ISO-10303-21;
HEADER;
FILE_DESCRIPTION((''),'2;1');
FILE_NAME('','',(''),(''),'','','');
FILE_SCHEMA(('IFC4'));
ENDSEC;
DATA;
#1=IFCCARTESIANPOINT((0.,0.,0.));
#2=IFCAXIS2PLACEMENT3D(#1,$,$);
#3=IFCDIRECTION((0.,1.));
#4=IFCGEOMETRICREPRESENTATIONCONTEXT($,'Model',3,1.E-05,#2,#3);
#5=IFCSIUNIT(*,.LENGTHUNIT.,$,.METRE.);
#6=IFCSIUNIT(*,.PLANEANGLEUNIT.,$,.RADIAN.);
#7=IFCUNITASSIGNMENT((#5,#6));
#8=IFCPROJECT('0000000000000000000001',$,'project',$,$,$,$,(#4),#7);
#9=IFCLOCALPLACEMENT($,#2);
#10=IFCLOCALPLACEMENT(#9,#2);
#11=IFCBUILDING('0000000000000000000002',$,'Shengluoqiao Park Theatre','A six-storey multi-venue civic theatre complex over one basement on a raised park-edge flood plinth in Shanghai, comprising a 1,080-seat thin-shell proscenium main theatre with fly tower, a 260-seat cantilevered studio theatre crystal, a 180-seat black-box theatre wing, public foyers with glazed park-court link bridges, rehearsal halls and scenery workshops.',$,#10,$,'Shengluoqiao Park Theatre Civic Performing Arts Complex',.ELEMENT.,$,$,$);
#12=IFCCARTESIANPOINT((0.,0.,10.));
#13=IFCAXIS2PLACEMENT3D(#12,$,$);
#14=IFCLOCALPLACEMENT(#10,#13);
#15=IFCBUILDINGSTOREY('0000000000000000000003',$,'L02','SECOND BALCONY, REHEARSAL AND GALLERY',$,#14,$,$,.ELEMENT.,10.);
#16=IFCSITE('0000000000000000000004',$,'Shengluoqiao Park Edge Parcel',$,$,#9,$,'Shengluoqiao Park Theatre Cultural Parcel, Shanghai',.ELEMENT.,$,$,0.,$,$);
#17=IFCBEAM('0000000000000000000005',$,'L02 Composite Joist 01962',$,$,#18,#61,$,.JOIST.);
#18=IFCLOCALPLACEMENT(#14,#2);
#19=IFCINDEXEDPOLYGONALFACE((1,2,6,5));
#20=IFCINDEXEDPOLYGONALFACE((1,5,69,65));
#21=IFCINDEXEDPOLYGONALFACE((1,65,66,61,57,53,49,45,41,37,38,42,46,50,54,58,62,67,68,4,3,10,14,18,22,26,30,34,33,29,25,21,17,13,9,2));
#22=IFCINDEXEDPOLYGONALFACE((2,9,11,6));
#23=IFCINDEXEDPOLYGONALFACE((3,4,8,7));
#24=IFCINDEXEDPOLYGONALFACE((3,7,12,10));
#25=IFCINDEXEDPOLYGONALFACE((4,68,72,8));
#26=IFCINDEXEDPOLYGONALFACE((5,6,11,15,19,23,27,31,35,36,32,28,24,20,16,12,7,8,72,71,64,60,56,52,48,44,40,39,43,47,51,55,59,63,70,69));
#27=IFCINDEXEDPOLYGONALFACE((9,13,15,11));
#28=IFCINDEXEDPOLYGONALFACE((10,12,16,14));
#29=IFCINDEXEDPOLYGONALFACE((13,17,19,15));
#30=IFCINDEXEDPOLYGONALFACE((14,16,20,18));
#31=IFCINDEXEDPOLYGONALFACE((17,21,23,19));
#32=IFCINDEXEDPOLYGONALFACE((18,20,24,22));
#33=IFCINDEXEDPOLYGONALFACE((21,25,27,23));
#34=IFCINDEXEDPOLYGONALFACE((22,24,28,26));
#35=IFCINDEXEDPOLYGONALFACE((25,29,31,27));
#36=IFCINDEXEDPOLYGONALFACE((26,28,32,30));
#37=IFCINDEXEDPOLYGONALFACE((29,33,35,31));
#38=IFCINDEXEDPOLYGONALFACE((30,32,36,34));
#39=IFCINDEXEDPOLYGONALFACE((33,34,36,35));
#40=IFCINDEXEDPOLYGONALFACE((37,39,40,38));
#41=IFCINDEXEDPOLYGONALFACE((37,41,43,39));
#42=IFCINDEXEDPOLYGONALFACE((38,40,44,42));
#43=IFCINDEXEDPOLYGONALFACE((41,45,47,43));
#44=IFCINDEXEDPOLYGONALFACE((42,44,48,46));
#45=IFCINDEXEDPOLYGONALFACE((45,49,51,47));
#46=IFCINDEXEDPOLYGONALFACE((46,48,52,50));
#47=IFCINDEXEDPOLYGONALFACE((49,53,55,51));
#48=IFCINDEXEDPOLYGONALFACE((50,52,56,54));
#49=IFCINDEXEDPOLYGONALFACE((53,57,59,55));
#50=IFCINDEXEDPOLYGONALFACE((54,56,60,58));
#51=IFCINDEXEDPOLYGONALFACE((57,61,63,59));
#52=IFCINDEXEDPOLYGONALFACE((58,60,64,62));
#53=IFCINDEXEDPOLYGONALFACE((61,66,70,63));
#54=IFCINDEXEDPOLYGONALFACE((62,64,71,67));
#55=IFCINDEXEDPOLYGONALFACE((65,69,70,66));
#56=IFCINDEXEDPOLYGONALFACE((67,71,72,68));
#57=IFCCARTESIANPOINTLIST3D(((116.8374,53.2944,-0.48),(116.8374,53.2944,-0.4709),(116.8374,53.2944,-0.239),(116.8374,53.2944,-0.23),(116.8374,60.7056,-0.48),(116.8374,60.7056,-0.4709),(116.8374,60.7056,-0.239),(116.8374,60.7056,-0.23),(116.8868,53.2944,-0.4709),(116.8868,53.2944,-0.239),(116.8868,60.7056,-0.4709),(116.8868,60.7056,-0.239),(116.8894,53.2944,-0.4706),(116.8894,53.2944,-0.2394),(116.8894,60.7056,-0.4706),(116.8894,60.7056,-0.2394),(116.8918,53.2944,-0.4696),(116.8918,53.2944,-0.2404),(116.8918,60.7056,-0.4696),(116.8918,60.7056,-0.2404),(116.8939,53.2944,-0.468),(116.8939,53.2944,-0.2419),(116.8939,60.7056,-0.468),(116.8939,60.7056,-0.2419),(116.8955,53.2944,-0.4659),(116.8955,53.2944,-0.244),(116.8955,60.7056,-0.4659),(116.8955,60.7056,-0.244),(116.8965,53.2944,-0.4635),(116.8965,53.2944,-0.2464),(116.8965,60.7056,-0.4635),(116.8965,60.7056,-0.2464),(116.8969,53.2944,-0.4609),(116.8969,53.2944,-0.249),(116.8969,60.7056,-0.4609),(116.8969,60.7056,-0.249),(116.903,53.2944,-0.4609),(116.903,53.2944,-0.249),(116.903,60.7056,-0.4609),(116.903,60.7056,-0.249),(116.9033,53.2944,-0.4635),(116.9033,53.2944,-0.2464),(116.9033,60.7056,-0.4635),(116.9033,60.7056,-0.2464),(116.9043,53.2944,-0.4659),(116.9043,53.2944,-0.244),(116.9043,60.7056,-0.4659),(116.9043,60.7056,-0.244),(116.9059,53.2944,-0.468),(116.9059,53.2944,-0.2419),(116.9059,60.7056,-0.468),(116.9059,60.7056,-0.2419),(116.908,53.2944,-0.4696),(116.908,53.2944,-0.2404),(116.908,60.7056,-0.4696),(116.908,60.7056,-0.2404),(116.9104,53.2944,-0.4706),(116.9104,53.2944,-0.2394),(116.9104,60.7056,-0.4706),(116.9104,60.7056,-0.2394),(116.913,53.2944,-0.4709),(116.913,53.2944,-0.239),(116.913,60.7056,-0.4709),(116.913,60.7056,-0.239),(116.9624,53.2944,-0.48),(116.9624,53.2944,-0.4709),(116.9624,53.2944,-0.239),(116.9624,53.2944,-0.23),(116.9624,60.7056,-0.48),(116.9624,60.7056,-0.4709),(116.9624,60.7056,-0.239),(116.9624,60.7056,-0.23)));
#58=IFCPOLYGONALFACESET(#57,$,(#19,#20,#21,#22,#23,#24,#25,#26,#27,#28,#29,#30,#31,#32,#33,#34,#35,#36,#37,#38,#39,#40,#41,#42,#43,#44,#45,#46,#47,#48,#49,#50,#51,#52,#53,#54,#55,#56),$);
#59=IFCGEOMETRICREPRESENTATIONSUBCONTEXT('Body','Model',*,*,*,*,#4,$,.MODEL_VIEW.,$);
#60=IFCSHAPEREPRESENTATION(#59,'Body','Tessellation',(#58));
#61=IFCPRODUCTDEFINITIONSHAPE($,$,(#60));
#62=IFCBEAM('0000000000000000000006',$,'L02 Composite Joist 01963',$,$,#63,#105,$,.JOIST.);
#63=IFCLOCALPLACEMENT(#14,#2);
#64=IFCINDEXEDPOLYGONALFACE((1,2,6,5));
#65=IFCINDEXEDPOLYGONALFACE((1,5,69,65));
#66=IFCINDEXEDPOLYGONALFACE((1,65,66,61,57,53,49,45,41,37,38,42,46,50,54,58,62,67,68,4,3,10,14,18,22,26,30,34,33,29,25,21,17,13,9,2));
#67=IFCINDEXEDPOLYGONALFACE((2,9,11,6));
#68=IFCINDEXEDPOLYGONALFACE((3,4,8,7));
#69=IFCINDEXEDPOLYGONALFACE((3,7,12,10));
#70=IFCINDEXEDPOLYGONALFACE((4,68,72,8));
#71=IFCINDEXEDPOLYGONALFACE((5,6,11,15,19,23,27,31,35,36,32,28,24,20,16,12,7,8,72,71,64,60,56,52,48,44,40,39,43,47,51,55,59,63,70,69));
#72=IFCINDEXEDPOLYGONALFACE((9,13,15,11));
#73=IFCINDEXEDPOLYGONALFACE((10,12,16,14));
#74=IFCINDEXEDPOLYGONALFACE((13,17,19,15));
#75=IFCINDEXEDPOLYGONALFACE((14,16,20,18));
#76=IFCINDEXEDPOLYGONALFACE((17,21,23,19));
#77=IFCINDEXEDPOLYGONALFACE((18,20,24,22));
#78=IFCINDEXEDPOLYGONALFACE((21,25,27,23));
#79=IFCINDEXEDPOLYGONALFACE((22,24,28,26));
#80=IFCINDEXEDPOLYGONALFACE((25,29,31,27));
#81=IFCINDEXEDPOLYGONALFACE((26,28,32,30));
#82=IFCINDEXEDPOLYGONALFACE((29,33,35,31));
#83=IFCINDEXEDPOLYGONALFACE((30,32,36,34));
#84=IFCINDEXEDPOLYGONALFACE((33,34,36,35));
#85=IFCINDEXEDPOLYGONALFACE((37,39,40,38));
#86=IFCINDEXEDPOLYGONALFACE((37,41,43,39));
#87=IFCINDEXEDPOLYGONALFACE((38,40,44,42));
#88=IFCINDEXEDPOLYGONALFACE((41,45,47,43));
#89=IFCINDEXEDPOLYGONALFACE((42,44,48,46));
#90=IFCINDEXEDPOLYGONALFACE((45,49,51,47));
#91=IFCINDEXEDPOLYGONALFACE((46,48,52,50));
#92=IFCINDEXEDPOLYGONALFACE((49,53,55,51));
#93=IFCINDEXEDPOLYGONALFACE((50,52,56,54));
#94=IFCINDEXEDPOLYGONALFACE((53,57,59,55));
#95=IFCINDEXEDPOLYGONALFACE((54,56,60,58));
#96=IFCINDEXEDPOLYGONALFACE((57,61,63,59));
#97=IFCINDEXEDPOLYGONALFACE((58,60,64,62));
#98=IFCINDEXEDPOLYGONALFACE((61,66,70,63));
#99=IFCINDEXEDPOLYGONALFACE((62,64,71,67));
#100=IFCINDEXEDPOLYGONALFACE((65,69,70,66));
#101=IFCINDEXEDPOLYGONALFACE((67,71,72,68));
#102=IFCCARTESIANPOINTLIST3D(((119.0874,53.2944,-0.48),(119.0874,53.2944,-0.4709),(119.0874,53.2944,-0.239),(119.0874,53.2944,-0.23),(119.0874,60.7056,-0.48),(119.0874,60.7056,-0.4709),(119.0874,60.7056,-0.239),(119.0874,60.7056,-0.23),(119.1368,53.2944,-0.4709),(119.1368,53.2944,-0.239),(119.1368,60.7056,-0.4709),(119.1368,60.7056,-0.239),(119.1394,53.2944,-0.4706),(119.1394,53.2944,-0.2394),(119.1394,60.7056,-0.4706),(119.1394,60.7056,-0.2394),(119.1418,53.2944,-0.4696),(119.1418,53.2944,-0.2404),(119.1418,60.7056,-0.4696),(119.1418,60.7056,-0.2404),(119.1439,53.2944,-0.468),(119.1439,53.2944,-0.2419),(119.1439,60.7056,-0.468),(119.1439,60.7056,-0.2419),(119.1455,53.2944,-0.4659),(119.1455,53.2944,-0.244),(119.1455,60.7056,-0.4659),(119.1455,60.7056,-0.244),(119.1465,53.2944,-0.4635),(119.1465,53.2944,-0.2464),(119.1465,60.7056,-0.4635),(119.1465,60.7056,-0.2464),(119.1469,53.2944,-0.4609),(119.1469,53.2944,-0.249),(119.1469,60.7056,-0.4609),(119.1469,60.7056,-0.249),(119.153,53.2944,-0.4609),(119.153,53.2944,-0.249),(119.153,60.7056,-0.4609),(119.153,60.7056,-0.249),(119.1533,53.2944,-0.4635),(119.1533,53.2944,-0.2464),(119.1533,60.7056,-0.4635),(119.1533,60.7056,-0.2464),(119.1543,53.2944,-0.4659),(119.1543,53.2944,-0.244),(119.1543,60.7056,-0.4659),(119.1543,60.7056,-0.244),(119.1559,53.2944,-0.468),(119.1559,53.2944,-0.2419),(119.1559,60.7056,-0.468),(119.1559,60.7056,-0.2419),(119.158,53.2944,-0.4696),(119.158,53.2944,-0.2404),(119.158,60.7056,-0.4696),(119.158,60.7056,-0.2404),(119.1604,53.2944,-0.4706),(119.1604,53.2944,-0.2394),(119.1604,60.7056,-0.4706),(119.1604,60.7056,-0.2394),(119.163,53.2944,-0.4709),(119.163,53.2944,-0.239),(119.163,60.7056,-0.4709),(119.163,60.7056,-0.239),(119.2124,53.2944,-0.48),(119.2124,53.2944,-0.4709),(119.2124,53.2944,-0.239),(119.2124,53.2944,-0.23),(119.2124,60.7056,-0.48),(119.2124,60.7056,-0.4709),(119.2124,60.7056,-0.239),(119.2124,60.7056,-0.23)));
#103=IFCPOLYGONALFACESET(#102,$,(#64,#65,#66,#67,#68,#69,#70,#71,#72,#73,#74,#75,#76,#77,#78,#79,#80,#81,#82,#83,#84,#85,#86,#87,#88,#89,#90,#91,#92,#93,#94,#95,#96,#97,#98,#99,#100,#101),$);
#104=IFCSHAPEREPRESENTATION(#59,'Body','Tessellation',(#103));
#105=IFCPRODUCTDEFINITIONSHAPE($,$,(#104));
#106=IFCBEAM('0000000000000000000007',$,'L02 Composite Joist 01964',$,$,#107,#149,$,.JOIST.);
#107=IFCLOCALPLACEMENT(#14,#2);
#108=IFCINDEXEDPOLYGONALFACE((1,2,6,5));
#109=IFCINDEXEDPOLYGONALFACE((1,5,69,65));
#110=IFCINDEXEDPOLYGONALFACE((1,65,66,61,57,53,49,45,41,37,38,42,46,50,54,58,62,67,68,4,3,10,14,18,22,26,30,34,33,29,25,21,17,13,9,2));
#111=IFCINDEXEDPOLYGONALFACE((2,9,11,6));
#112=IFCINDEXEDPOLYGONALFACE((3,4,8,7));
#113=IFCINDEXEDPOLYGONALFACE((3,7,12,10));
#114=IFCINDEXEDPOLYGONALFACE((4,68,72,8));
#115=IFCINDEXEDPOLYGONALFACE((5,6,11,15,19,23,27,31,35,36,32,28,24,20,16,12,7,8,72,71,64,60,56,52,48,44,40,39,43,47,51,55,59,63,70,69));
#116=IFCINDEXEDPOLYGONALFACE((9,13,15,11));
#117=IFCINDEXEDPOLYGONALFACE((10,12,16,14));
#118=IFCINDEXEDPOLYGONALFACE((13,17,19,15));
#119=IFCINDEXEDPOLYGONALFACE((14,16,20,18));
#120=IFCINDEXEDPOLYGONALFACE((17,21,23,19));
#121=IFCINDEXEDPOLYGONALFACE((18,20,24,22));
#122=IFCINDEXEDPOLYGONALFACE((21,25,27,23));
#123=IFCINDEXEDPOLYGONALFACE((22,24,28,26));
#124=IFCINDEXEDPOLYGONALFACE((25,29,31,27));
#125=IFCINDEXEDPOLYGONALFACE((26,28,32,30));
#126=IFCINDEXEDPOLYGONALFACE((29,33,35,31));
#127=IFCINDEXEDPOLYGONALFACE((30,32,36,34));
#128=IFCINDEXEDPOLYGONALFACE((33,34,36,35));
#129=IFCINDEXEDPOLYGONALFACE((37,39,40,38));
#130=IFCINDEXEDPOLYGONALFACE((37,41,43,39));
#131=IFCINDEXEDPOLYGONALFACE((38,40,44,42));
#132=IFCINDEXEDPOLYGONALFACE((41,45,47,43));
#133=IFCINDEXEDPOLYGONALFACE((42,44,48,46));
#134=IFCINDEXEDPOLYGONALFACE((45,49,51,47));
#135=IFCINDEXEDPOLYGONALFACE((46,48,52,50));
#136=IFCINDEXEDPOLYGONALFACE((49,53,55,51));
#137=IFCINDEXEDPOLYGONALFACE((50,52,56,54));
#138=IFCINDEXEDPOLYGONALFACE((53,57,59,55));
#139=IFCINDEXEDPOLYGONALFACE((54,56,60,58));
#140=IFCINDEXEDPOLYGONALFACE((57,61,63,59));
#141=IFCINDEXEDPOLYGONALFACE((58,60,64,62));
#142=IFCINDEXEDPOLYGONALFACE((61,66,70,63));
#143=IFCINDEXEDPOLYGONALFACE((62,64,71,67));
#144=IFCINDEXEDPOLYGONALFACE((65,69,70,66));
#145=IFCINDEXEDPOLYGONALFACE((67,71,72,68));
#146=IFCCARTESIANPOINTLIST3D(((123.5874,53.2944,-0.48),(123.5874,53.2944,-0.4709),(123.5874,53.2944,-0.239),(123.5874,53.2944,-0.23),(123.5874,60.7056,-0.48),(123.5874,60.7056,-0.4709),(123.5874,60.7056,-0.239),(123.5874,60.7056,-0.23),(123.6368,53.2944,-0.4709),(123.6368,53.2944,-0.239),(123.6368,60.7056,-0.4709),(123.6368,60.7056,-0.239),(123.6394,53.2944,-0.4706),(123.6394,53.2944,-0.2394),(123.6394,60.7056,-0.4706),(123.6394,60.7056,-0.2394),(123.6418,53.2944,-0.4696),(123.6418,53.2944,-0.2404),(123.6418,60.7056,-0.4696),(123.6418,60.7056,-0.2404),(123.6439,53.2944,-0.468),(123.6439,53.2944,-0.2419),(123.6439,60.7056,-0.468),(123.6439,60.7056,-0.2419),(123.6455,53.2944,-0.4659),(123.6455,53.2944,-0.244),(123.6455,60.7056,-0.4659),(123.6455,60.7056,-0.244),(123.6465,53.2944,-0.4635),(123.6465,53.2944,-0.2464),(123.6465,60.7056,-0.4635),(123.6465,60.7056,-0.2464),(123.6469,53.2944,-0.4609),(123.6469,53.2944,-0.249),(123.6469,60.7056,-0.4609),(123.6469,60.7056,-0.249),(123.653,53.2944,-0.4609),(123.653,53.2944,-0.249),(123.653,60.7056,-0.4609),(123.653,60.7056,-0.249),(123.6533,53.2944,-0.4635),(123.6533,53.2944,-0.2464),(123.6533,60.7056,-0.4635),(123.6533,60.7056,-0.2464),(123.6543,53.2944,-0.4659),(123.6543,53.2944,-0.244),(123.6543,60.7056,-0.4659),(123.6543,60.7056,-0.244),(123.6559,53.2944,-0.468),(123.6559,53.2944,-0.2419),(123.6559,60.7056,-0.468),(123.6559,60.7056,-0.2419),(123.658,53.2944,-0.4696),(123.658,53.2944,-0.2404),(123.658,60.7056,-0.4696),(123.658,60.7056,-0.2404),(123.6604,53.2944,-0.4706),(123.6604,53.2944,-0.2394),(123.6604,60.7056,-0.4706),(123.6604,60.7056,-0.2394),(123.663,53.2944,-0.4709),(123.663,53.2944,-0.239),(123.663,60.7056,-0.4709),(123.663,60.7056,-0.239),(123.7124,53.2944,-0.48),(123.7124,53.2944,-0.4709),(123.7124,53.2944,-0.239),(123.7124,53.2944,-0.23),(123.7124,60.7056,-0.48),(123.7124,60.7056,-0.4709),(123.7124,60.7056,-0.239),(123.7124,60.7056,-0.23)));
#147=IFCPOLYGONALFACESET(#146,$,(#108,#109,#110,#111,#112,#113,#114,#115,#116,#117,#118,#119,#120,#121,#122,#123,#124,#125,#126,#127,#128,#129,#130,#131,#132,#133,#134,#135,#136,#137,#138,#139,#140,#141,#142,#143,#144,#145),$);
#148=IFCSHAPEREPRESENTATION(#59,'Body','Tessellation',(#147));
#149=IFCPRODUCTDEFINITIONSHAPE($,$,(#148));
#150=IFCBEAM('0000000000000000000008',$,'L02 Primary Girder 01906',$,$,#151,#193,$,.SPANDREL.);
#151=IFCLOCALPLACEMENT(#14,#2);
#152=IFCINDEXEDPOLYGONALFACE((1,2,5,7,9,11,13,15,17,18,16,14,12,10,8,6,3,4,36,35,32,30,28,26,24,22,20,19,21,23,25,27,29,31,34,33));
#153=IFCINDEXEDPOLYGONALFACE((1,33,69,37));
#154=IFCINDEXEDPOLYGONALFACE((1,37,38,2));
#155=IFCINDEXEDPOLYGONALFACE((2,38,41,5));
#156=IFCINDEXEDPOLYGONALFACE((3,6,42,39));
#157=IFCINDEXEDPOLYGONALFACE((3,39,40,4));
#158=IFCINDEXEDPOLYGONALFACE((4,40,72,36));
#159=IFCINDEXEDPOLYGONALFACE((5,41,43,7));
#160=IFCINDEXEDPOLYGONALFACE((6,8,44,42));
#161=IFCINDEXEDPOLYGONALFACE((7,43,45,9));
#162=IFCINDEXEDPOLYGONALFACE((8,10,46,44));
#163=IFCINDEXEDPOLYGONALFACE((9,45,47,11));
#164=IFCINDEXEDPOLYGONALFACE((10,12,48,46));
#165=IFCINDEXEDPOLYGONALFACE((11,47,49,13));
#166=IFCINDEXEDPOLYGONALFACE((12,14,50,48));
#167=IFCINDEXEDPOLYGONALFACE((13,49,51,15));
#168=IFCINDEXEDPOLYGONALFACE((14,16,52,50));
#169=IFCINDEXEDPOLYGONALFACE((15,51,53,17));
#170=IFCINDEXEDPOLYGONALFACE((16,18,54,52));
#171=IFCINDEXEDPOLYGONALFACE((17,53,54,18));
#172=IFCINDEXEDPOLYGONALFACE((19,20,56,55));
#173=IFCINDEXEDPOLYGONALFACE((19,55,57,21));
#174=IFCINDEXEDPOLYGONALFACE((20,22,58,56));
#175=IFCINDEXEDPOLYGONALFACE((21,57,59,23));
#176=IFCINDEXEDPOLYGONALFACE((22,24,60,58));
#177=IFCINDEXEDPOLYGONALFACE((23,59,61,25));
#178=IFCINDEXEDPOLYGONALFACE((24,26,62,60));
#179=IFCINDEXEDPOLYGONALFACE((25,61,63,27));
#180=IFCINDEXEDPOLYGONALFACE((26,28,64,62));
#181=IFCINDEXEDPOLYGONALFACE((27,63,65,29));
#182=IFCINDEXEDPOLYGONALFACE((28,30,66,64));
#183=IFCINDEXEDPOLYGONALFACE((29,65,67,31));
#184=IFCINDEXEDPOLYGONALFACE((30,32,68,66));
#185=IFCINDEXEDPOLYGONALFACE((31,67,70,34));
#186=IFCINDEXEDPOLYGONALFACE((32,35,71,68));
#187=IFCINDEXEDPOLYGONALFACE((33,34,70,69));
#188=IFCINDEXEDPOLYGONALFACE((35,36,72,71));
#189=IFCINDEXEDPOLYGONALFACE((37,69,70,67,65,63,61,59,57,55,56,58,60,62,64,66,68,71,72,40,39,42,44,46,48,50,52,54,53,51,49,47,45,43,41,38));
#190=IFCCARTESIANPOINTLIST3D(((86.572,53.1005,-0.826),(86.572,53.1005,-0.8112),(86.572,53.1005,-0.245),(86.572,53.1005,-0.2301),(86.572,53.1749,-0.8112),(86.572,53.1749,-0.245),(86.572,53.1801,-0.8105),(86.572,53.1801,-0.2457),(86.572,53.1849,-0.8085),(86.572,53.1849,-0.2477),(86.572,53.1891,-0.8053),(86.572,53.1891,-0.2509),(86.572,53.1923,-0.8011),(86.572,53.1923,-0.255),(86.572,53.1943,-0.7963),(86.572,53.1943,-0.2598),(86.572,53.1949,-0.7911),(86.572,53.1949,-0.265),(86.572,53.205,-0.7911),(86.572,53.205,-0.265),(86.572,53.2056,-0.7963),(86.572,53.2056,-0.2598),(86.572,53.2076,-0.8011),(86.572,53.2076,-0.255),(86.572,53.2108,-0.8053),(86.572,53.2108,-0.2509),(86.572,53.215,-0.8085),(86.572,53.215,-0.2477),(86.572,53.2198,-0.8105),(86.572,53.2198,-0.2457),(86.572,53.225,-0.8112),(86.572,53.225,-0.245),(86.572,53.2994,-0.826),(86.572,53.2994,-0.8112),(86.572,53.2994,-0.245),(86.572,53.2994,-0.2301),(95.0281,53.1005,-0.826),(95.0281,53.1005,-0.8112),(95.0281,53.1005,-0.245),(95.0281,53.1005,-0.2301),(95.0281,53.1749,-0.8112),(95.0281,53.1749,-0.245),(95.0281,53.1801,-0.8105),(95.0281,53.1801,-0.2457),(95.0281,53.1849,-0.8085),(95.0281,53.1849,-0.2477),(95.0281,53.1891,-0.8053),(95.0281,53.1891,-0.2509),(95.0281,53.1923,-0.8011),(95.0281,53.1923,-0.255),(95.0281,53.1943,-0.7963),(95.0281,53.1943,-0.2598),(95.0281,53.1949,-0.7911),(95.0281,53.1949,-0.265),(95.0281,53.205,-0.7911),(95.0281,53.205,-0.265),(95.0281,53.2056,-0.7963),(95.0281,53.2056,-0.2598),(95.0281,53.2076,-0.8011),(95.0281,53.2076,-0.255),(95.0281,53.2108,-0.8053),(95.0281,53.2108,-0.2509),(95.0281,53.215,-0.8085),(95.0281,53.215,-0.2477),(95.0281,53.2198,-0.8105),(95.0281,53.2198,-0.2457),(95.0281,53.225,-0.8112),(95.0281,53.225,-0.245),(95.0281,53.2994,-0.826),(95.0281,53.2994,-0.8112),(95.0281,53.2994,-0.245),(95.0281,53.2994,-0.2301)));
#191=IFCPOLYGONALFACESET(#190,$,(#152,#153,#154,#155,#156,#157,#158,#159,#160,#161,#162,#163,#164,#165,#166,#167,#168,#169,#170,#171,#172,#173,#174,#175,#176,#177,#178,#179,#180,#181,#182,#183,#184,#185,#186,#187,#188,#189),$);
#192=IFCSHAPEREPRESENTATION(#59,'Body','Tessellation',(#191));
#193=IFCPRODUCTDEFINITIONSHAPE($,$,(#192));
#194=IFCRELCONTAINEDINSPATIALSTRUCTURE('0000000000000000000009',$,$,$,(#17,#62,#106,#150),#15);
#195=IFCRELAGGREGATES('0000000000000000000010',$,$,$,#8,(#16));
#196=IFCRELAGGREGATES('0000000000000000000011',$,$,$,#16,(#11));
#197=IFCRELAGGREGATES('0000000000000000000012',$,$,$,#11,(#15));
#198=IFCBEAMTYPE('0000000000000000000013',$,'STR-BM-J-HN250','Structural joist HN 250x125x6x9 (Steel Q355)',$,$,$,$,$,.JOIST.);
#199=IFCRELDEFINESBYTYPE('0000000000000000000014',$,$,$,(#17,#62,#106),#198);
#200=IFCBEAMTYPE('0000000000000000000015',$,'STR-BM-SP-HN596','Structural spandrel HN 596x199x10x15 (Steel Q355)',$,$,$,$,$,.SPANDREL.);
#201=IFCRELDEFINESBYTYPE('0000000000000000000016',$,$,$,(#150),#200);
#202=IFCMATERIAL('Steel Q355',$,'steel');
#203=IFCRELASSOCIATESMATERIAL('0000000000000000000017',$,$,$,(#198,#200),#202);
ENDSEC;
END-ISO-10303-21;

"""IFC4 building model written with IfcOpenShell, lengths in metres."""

from ifc_helpers import new_model, si_unit, direction, frame, origin, origin_2d, place, context, subcontext, project, spatial, i_section, extrude, material, material_profile, profile_set, type_object, element, save


model = new_model("IFC4")

# Units and contexts
model_context = context("Model", 3, precision=1e-05, world=origin(), true_north=direction((0.0, 1.0)))
body_context = subcontext(model_context, "Body", "Model", "MODEL_VIEW")
ifc_project = project(units=[si_unit("LENGTHUNIT", "METRE"), si_unit("PLANEANGLEUNIT", "RADIAN")], contexts=[model_context])

# Site, building, storey
site_placement = place(None, origin())
site = spatial("IfcSite", under=ifc_project, at=site_placement, Name="Shengluoqiao Park Edge Parcel", LongName="Shengluoqiao Park Theatre Cultural Parcel, Shanghai", CompositionType="ELEMENT", RefElevation=0.0)
building_placement = place(site_placement, origin())
building = spatial("IfcBuilding", under=site, at=building_placement, Name="Shengluoqiao Park Theatre", Description="A six-storey multi-venue civic theatre complex over one basement on a raised park-edge flood plinth in Shanghai, comprising a 1,080-seat thin-shell proscenium main theatre with fly tower, a 260-seat cantilevered studio theatre crystal, a 180-seat black-box theatre wing, public foyers with glazed park-court link bridges, rehearsal halls and scenery workshops.", LongName="Shengluoqiao Park Theatre Civic Performing Arts Complex", CompositionType="ELEMENT")
storey_placement = place(building_placement, frame((0.0, 0.0, 10.0)))
storey = spatial("IfcBuildingStorey", under=building, at=storey_placement, Name="L02", Description="SECOND BALCONY, REHEARSAL AND GALLERY", CompositionType="ELEMENT", Elevation=10.0)

# Beams
ifc_material_1 = material(Name="Steel Q355", Category="steel")
ifc_material_profile_1 = material_profile(ifc_material_1, i_section(OverallWidth=0.125, OverallDepth=0.25, WebThickness=0.0061, FlangeThickness=0.009, FilletRadius=0.01, at=origin_2d()), Name="HN 250x125x6x9")
ifc_profile_set_1 = profile_set([ifc_material_profile_1], Name="Steel Q355")
beam_type_1 = type_object("IfcBeamType", Name="STR-BM-J-HN250", Description="Structural joist HN 250x125x6x9 (Steel Q355)", PredefinedType="JOIST", material=ifc_profile_set_1)
for number, where, z_axis, x_axis, name in (
    (1, (116.8999, 53.2944, -0.355), (0.0, 1.0, 0.0), (-1.0, 0.0, 0.0), "L02 Composite Joist 01962"),
    (2, (119.1499, 53.2944, -0.355), (0.0, 1.0, 0.0), (-1.0, 0.0, 0.0), "L02 Composite Joist 01963"),
    (3, (123.6499, 53.2944, -0.355), (0.0, 1.0, 0.0), (-1.0, 0.0, 0.0), "L02 Composite Joist 01964"),
):
    element("IfcBeam", number, at=place(storey_placement, frame(where, z_axis=z_axis, x_axis=x_axis)), inside=storey, type_object=beam_type_1, Name=name, PredefinedType="JOIST", context=body_context, shape_type="SweptSolid", body=[
        extrude(i_section(OverallWidth=0.125, OverallDepth=0.25, WebThickness=0.0061, FlangeThickness=0.009, FilletRadius=0.01, at=origin_2d()), origin(), (0.0, 0.0, 1.0), 7.4111),
    ])
ifc_material_profile_2 = material_profile(ifc_material_1, i_section(OverallWidth=0.199, OverallDepth=0.5959, WebThickness=0.01, FlangeThickness=0.0149, FilletRadius=0.02, at=origin_2d()), Name="HN 596x199x10x15")
ifc_profile_set_2 = profile_set([ifc_material_profile_2], Name="Steel Q355")
beam_type_2 = type_object("IfcBeamType", Name="STR-BM-SP-HN596", Description="Structural spandrel HN 596x199x10x15 (Steel Q355)", PredefinedType="SPANDREL", material=ifc_profile_set_2)
beam_1_placement = place(storey_placement, frame((86.572, 53.2, -0.5281), z_axis=(1.0, 0.0, 0.0), x_axis=(0.0, 1.0, 0.0)))
element("IfcBeam", 4, at=beam_1_placement, inside=storey, type_object=beam_type_2, Name="L02 Primary Girder 01906", PredefinedType="SPANDREL", context=body_context, shape_type="SweptSolid", body=[
    extrude(i_section(OverallWidth=0.199, OverallDepth=0.5959, WebThickness=0.01, FlangeThickness=0.0149, FilletRadius=0.02, at=origin_2d()), origin(), (0.0, 0.0, 1.0), 8.4561),
])

save(model, "model.ifc")
